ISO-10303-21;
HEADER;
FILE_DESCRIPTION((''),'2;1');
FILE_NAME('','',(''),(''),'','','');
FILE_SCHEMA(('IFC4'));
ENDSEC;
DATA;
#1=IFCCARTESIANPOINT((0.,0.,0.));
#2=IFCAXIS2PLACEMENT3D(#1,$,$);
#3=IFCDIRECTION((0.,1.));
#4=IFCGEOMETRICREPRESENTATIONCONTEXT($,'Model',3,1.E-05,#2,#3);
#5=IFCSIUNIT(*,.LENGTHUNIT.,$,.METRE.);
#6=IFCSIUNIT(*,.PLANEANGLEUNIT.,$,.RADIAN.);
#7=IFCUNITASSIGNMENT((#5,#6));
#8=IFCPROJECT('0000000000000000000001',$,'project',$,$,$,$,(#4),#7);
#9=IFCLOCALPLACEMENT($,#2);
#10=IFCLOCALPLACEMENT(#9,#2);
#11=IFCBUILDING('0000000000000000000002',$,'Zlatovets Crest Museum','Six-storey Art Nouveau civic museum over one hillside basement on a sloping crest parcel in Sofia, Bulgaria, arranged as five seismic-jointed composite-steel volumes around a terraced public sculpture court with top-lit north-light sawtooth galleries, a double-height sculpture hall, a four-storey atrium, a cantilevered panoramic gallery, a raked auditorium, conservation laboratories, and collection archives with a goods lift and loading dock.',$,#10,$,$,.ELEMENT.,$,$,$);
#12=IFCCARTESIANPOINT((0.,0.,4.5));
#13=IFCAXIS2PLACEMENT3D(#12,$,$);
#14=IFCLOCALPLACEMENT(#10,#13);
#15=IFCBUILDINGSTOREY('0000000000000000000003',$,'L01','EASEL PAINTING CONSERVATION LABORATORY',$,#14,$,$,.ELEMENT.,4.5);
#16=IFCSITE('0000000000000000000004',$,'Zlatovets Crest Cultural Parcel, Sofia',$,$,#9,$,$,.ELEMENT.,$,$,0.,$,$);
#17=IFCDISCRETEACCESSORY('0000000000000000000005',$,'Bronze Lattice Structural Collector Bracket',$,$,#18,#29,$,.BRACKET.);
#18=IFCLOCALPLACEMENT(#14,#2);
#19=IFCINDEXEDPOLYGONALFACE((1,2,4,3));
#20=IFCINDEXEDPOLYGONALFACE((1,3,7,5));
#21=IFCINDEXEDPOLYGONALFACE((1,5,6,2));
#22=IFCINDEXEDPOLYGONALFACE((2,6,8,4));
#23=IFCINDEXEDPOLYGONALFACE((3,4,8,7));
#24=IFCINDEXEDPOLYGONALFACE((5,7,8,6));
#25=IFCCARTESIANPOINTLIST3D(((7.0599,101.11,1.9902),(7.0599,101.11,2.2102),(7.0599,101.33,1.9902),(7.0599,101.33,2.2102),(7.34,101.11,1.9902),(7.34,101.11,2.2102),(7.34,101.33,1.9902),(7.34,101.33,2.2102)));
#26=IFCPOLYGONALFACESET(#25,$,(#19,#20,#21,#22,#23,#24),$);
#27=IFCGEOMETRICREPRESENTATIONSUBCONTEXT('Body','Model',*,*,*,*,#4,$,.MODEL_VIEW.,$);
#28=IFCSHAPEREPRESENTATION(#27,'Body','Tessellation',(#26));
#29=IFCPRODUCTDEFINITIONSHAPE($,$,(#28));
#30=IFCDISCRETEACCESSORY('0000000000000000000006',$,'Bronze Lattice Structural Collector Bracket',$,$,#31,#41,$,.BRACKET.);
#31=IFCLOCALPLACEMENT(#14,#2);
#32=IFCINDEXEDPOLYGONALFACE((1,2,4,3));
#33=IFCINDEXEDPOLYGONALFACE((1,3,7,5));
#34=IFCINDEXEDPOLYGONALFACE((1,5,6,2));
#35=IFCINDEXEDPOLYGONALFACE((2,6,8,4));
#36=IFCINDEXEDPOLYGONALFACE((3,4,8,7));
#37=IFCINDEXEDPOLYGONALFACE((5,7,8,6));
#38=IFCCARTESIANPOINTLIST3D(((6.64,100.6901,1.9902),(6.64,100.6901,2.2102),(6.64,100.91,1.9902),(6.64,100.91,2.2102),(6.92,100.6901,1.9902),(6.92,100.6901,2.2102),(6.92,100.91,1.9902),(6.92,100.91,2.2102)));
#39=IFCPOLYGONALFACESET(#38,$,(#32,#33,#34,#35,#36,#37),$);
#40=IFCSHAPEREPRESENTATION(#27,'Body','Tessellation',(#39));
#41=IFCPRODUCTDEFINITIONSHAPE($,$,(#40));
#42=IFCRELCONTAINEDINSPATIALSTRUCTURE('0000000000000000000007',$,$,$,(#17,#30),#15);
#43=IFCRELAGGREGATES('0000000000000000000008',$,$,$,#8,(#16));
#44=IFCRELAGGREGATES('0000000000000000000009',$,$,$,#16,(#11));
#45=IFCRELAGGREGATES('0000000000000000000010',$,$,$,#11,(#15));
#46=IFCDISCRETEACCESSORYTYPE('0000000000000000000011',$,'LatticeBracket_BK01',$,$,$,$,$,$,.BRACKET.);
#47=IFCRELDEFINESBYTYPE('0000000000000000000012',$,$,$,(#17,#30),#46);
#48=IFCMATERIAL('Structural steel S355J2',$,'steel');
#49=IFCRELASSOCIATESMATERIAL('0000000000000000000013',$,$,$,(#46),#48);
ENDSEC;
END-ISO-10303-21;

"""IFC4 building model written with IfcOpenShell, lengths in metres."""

from ifc_helpers import new_model, si_unit, direction, frame, origin, origin_2d, place, context, subcontext, project, spatial, rectangle, extrude, material, type_object, element, save


model = new_model("IFC4")

# Units and contexts
model_context = context("Model", 3, precision=1e-05, world=origin(), true_north=direction((0.0, 1.0)))
body_context = subcontext(model_context, "Body", "Model", "MODEL_VIEW")
ifc_project = project(units=[si_unit("LENGTHUNIT", "METRE"), si_unit("PLANEANGLEUNIT", "RADIAN")], contexts=[model_context])

# Site, building, storey
site_placement = place(None, origin())
site = spatial("IfcSite", under=ifc_project, at=site_placement, Name="Zlatovets Crest Cultural Parcel, Sofia", CompositionType="ELEMENT", RefElevation=0.0)
building_placement = place(site_placement, origin())
building = spatial("IfcBuilding", under=site, at=building_placement, Name="Zlatovets Crest Museum", Description="Six-storey Art Nouveau civic museum over one hillside basement on a sloping crest parcel in Sofia, Bulgaria, arranged as five seismic-jointed composite-steel volumes around a terraced public sculpture court with top-lit north-light sawtooth galleries, a double-height sculpture hall, a four-storey atrium, a cantilevered panoramic gallery, a raked auditorium, conservation laboratories, and collection archives with a goods lift and loading dock.", CompositionType="ELEMENT")
storey_placement = place(building_placement, frame((0.0, 0.0, 4.5)))
storey = spatial("IfcBuildingStorey", under=building, at=storey_placement, Name="L01", Description="EASEL PAINTING CONSERVATION LABORATORY", CompositionType="ELEMENT", Elevation=4.5)

# Shared definitions
ifc_material_1 = material(Name="Structural steel S355J2", Category="steel")

# Discrete accessories
discrete_accessory_type = type_object("IfcDiscreteAccessoryType", Name="LatticeBracket_BK01", PredefinedType="BRACKET", material=ifc_material_1)
for number, where, z_axis, x_axis, name in (
    (1, (7.2, 101.22, 1.9902), (0.0, 0.0, 1.0), (1.0, 0.0, 0.0), "Bronze Lattice Structural Collector Bracket"),
    (2, (6.78, 100.8, 1.9902), (0.0, 0.0, 1.0), (1.0, 0.0, 0.0), "Bronze Lattice Structural Collector Bracket"),
):
    element("IfcDiscreteAccessory", number, at=place(storey_placement, frame(where, z_axis=z_axis, x_axis=x_axis)), inside=storey, type_object=discrete_accessory_type, Name=name, PredefinedType="BRACKET", context=body_context, shape_type="SweptSolid", body=[
        extrude(rectangle(XDim=0.28, YDim=0.22, at=origin_2d()), origin(), (0.0, 0.0, 1.0), 0.22),
    ])

save(model, "model.ifc")
